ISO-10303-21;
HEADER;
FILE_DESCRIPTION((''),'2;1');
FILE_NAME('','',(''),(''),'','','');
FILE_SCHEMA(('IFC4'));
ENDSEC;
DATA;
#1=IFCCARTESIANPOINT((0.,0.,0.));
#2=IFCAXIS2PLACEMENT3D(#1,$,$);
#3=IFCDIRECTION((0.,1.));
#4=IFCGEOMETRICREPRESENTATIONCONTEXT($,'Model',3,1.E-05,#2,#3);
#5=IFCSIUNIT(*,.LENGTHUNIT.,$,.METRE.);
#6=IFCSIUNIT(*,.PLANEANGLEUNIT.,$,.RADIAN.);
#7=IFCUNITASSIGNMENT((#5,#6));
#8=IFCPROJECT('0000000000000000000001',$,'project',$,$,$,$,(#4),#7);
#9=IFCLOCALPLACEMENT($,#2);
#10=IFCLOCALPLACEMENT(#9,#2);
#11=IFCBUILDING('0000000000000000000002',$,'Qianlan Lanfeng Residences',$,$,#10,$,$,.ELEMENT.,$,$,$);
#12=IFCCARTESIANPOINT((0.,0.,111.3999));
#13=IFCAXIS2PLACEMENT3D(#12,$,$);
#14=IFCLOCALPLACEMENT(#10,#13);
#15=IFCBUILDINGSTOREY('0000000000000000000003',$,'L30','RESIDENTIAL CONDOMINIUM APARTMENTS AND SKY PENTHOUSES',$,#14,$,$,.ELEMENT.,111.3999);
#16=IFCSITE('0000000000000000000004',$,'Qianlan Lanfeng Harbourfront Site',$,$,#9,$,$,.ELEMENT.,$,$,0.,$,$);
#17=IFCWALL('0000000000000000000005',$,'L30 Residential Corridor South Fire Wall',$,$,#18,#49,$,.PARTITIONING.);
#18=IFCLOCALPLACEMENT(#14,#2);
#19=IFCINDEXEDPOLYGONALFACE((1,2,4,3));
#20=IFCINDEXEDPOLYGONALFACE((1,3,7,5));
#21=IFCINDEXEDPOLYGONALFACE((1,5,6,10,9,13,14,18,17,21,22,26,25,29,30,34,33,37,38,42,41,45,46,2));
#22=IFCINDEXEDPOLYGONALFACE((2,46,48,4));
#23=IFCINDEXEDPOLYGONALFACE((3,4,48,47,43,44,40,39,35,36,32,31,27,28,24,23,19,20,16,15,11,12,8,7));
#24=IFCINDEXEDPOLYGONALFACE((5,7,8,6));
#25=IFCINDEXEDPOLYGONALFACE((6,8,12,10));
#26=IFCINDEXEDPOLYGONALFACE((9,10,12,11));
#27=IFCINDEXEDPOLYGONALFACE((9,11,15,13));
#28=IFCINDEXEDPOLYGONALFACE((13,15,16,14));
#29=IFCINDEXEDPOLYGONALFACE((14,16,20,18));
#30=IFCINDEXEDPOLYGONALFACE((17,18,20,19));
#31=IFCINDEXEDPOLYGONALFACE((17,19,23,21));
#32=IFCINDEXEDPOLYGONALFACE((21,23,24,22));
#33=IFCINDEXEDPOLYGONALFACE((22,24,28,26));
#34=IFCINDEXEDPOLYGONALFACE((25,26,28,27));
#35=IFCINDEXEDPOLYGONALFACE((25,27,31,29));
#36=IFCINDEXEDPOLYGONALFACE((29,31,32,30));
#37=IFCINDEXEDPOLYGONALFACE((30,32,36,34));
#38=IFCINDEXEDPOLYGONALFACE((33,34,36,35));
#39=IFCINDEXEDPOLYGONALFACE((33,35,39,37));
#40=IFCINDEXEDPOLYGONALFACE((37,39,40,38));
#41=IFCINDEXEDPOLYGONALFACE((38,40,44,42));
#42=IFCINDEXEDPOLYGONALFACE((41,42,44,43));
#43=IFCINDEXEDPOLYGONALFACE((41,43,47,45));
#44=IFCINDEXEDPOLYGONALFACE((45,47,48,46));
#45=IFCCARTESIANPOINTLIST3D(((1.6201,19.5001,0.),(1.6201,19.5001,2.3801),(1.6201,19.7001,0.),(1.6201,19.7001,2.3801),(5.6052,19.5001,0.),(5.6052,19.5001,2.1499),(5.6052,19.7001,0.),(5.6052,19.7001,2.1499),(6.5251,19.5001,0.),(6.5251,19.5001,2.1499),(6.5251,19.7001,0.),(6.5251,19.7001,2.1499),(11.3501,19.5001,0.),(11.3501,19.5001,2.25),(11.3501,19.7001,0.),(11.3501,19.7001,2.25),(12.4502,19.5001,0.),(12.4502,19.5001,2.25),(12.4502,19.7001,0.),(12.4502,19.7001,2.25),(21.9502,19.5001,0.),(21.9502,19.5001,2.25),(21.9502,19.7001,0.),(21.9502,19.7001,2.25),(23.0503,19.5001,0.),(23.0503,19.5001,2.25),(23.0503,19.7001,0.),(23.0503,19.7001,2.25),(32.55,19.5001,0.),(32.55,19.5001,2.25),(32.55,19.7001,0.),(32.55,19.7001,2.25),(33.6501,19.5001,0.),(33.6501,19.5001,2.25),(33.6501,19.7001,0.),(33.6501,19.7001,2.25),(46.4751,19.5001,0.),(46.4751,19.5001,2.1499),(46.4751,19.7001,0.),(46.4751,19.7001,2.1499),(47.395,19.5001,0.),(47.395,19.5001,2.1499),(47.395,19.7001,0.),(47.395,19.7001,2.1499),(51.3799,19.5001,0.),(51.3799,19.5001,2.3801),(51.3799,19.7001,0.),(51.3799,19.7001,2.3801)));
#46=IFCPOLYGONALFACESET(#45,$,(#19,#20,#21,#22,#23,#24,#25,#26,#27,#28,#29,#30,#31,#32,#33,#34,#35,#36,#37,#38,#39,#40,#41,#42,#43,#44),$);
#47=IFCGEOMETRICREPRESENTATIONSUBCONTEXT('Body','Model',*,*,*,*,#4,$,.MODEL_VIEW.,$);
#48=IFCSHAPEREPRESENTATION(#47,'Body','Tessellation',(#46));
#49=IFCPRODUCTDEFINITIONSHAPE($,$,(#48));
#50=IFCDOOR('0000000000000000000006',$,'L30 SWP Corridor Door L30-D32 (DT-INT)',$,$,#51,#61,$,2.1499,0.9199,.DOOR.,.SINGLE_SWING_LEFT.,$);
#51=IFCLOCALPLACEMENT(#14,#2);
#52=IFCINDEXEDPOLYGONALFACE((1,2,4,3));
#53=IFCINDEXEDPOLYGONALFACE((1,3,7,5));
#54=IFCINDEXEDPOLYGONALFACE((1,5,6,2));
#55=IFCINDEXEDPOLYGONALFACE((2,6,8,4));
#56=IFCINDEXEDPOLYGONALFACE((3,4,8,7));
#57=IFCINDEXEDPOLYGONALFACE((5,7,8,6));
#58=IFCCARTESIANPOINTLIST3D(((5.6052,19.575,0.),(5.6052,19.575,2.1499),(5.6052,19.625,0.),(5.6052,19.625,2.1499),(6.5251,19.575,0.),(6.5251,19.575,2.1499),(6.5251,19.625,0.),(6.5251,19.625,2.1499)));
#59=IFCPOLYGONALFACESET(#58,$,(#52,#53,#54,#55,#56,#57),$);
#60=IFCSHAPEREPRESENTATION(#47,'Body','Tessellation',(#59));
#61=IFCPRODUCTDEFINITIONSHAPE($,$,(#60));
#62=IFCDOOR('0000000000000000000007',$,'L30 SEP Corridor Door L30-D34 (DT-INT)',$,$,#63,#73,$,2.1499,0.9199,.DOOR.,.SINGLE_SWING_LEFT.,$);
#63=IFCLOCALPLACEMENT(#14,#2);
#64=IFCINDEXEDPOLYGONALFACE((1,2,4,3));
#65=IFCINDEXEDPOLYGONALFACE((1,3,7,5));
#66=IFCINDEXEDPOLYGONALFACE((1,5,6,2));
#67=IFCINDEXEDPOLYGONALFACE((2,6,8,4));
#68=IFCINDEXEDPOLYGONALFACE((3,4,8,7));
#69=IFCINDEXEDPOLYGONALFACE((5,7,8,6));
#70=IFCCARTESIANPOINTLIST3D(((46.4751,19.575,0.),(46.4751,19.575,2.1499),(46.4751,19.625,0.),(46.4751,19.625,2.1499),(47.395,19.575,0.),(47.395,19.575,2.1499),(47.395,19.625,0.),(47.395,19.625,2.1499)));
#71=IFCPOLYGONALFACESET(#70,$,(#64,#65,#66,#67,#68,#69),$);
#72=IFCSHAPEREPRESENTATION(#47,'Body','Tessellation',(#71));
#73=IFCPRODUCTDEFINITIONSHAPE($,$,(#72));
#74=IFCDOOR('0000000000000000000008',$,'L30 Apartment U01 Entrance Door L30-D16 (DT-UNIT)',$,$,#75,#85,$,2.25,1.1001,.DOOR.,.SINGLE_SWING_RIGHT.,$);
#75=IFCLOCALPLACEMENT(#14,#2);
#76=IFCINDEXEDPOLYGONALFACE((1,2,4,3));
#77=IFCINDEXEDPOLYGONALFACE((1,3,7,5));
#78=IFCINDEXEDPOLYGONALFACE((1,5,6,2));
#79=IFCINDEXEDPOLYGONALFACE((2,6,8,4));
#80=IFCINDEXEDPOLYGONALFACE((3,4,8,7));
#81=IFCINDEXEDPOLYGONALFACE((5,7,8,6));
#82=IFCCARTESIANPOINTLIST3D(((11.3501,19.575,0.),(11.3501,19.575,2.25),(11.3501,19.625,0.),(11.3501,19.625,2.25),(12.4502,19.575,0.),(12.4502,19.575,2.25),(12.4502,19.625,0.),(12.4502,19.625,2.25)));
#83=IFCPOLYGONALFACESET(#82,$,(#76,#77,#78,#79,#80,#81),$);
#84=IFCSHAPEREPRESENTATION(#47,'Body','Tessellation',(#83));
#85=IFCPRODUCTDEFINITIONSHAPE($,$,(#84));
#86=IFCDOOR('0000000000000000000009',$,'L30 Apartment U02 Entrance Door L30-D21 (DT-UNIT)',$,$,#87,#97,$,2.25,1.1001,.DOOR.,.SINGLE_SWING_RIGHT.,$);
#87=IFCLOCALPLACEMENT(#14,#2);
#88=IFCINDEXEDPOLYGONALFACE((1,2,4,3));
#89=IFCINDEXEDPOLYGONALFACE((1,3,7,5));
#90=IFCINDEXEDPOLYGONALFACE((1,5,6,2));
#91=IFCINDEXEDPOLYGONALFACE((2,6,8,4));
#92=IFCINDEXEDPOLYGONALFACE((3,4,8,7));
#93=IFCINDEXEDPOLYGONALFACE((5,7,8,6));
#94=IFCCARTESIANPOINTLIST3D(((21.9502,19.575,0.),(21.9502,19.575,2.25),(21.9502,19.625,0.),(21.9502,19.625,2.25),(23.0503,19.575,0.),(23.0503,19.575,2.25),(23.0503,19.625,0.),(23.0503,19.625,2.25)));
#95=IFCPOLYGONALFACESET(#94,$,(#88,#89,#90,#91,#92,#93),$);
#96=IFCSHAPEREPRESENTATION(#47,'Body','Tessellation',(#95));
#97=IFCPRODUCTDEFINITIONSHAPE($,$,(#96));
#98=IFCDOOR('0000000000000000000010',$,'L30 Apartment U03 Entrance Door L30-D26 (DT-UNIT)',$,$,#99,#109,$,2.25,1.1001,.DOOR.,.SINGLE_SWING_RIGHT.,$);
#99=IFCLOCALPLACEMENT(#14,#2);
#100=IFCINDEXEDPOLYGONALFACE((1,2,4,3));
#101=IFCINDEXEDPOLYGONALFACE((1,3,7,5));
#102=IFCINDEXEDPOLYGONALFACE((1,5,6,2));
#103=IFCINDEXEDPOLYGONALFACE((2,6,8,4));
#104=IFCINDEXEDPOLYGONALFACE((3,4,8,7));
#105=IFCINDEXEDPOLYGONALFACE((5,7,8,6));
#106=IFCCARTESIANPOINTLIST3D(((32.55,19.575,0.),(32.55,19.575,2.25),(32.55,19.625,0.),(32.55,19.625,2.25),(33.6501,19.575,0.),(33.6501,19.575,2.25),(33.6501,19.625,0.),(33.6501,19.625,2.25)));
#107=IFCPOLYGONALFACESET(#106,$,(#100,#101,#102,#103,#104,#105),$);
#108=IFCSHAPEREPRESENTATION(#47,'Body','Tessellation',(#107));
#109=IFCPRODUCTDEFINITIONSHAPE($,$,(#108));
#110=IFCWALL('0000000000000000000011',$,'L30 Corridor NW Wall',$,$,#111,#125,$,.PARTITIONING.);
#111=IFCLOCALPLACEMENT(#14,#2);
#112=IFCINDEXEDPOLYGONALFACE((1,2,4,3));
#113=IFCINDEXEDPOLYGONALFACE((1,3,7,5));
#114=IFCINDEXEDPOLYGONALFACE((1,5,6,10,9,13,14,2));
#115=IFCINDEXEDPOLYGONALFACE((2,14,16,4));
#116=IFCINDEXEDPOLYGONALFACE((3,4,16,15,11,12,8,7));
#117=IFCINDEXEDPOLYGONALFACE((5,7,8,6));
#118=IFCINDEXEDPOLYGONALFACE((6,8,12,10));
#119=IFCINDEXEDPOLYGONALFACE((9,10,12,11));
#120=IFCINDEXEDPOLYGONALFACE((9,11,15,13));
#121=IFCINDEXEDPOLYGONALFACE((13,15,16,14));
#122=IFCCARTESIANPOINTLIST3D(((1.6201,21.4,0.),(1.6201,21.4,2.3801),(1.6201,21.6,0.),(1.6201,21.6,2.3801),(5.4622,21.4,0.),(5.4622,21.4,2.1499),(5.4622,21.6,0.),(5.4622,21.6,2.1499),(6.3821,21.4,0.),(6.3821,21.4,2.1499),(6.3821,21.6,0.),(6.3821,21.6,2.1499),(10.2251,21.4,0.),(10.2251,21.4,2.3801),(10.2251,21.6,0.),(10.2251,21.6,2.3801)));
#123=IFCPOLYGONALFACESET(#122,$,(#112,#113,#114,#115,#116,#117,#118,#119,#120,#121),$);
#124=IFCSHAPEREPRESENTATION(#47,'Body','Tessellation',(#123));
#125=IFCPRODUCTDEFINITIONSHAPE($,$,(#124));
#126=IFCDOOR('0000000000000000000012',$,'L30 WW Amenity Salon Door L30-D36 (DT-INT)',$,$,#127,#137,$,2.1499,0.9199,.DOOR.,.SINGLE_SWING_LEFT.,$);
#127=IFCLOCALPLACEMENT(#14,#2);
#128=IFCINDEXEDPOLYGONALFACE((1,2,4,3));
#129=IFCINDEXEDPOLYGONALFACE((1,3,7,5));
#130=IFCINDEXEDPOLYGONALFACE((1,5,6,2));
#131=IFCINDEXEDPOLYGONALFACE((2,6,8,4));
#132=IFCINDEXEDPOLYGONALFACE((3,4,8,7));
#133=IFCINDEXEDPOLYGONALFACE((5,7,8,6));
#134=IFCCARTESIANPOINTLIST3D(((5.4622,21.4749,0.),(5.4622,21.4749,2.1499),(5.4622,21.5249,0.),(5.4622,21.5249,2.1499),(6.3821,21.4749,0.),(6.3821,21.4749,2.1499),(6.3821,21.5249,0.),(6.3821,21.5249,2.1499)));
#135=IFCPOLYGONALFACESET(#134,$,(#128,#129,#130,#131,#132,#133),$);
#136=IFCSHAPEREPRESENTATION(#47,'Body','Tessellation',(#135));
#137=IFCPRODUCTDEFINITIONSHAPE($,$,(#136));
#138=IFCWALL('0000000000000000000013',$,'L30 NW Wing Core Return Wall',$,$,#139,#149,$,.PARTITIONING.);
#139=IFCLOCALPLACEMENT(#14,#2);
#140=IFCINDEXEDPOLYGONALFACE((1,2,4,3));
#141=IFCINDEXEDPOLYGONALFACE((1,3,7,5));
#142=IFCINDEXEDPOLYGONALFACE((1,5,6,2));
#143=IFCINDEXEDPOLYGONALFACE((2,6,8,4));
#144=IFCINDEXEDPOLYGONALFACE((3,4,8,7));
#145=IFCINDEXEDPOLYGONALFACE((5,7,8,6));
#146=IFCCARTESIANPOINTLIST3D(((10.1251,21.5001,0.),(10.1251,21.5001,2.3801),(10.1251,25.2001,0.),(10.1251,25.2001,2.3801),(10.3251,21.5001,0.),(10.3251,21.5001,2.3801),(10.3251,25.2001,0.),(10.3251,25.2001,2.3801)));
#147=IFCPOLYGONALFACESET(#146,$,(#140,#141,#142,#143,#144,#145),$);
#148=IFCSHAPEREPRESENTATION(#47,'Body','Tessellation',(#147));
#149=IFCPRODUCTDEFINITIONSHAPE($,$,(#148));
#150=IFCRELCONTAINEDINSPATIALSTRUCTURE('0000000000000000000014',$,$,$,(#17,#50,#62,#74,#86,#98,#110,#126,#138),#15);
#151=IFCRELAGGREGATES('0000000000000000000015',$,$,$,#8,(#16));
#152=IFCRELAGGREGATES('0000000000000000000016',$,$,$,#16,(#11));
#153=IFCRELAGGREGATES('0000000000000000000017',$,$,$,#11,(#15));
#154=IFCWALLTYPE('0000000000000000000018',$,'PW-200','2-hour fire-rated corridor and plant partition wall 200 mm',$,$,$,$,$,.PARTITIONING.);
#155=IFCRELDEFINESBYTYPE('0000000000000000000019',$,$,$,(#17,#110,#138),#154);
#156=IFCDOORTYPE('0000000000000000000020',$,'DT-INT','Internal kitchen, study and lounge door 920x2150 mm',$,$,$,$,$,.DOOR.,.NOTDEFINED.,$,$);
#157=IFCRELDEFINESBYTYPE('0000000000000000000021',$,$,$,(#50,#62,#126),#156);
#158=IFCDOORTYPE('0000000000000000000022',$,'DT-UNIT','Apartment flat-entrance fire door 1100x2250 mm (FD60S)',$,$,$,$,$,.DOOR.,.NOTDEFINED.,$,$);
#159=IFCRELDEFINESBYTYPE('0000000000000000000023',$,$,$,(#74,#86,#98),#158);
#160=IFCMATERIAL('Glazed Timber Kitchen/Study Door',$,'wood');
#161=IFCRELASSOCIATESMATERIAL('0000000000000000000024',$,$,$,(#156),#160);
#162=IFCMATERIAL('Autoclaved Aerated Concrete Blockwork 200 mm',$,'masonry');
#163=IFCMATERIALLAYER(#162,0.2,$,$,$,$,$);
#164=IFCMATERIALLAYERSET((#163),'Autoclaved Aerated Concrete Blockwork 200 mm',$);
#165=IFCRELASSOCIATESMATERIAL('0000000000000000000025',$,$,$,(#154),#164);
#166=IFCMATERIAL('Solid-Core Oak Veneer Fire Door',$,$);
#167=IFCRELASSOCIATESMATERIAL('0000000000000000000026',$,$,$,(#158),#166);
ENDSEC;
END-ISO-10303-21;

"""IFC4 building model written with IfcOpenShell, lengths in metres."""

from ifc_helpers import new_model, si_unit, direction, frame, frame_2d, origin, place, context, subcontext, project, spatial, rectangle, extrude, material, layer, layer_set, type_object, element, fill, save


model = new_model("IFC4")

# Units and contexts
model_context = context("Model", 3, precision=1e-05, world=origin(), true_north=direction((0.0, 1.0)))
body_context = subcontext(model_context, "Body", "Model", "MODEL_VIEW")
ifc_project = project(units=[si_unit("LENGTHUNIT", "METRE"), si_unit("PLANEANGLEUNIT", "RADIAN")], contexts=[model_context])

# Site, building, storey
site_placement = place(None, origin())
site = spatial("IfcSite", under=ifc_project, at=site_placement, Name="Qianlan Lanfeng Harbourfront Site", CompositionType="ELEMENT", RefElevation=0.0)
building_placement = place(site_placement, origin())
building = spatial("IfcBuilding", under=site, at=building_placement, Name="Qianlan Lanfeng Residences", CompositionType="ELEMENT")
storey_placement = place(building_placement, frame((0.0, 0.0, 111.3999)))
storey = spatial("IfcBuildingStorey", under=building, at=storey_placement, Name="L30", Description="RESIDENTIAL CONDOMINIUM APARTMENTS AND SKY PENTHOUSES", CompositionType="ELEMENT", Elevation=111.3999)

# Shared definitions
ifc_material_1 = material(Name="Glazed Timber Kitchen/Study Door", Category="wood")
door_type_1 = type_object("IfcDoorType", Name="DT-INT", Description="Internal kitchen, study and lounge door 920x2150 mm", OperationType="NOTDEFINED", PredefinedType="DOOR", material=ifc_material_1)

# Wall, openings, doors
ifc_material_2 = material(Name="Autoclaved Aerated Concrete Blockwork 200 mm", Category="masonry")
ifc_layer_1 = layer(ifc_material_2, 0.2)
ifc_layer_set_1 = layer_set([ifc_layer_1], Name="Autoclaved Aerated Concrete Blockwork 200 mm")
wall_type_1 = type_object("IfcWallType", Name="PW-200", Description="2-hour fire-rated corridor and plant partition wall 200 mm", PredefinedType="PARTITIONING", material=ifc_layer_set_1)
wall_1_placement = place(storey_placement, frame((1.6201, 19.6001, 0.0), z_axis=(0.0, 0.0, 1.0), x_axis=(1.0, 0.0, 0.0)))
wall_1 = element("IfcWall", 1, at=wall_1_placement, inside=storey, type_object=wall_type_1, Name="L30 Residential Corridor South Fire Wall", PredefinedType="PARTITIONING", context=body_context, shape_type="SweptSolid", body=[
    extrude(rectangle(XDim=49.7598, YDim=0.2, at=frame_2d((24.8799, 0.0))), origin(), (0.0, 0.0, 1.0), 2.3801),
])
opening_1_placement = place(wall_1_placement, frame((9.73, 0.0, 0.0)))
opening_1 = element("IfcOpeningElement", 2, at=opening_1_placement, cuts=wall_1, PredefinedType="OPENING", context=body_context, shape_type="SweptSolid", body=[
    extrude(rectangle(XDim=1.1001, YDim=2.25, at=frame_2d((0.55, 1.125))), frame((0.0, 0.1099, 0.0), z_axis=(0.0, -1.0, 0.0), x_axis=(1.0, 0.0, 0.0)), (0.0, 0.0, 1.0), 0.22),
])
opening_2_placement = place(wall_1_placement, frame((20.3301, 0.0, 0.0)))
opening_2 = element("IfcOpeningElement", 3, at=opening_2_placement, cuts=wall_1, PredefinedType="OPENING", context=body_context, shape_type="SweptSolid", body=[
    extrude(rectangle(XDim=1.1001, YDim=2.25, at=frame_2d((0.55, 1.125))), frame((0.0, 0.1099, 0.0), z_axis=(0.0, -1.0, 0.0), x_axis=(1.0, 0.0, 0.0)), (0.0, 0.0, 1.0), 0.22),
])
opening_3_placement = place(wall_1_placement, frame((30.9299, 0.0, 0.0)))
opening_3 = element("IfcOpeningElement", 4, at=opening_3_placement, cuts=wall_1, PredefinedType="OPENING", context=body_context, shape_type="SweptSolid", body=[
    extrude(rectangle(XDim=1.1001, YDim=2.25, at=frame_2d((0.55, 1.125))), frame((0.0, 0.1099, 0.0), z_axis=(0.0, -1.0, 0.0), x_axis=(1.0, 0.0, 0.0)), (0.0, 0.0, 1.0), 0.22),
])
opening_4_placement = place(wall_1_placement, frame((3.9851, 0.0, 0.0)))
opening_4 = element("IfcOpeningElement", 5, at=opening_4_placement, cuts=wall_1, PredefinedType="OPENING", context=body_context, shape_type="SweptSolid", body=[
    extrude(rectangle(XDim=0.9199, YDim=2.1499, at=frame_2d((0.46, 1.075))), frame((0.0, 0.1099, 0.0), z_axis=(0.0, -1.0, 0.0), x_axis=(1.0, 0.0, 0.0)), (0.0, 0.0, 1.0), 0.22),
])
opening_5_placement = place(wall_1_placement, frame((44.855, 0.0, 0.0)))
opening_5 = element("IfcOpeningElement", 6, at=opening_5_placement, cuts=wall_1, PredefinedType="OPENING", context=body_context, shape_type="SweptSolid", body=[
    extrude(rectangle(XDim=0.9199, YDim=2.1499, at=frame_2d((0.46, 1.075))), frame((0.0, 0.1099, 0.0), z_axis=(0.0, -1.0, 0.0), x_axis=(1.0, 0.0, 0.0)), (0.0, 0.0, 1.0), 0.22),
])
door_1_placement = place(opening_4_placement, origin())
door_1 = element("IfcDoor", 7, at=door_1_placement, inside=storey, type_object=door_type_1, Name="L30 SWP Corridor Door L30-D32 (DT-INT)", OperationType="SINGLE_SWING_LEFT", OverallHeight=2.1499, OverallWidth=0.9199, PredefinedType="DOOR", context=body_context, shape_type="SweptSolid", body=[
    extrude(rectangle(XDim=0.9199, YDim=2.1499, at=frame_2d((0.46, 1.075))), frame((0.0, 0.0249, 0.0), z_axis=(0.0, -1.0, 0.0), x_axis=(1.0, 0.0, 0.0)), (0.0, 0.0, 1.0), 0.05),
])
fill(opening_4, door_1)
door_2_placement = place(opening_5_placement, origin())
door_2 = element("IfcDoor", 8, at=door_2_placement, inside=storey, type_object=door_type_1, Name="L30 SEP Corridor Door L30-D34 (DT-INT)", OperationType="SINGLE_SWING_LEFT", OverallHeight=2.1499, OverallWidth=0.9199, PredefinedType="DOOR", context=body_context, shape_type="SweptSolid", body=[
    extrude(rectangle(XDim=0.9199, YDim=2.1499, at=frame_2d((0.46, 1.075))), frame((0.0, 0.0249, 0.0), z_axis=(0.0, -1.0, 0.0), x_axis=(1.0, 0.0, 0.0)), (0.0, 0.0, 1.0), 0.05),
])
fill(opening_5, door_2)
ifc_material_3 = material(Name="Solid-Core Oak Veneer Fire Door")
door_type_2 = type_object("IfcDoorType", Name="DT-UNIT", Description="Apartment flat-entrance fire door 1100x2250 mm (FD60S)", OperationType="NOTDEFINED", PredefinedType="DOOR", material=ifc_material_3)
door_3_placement = place(opening_1_placement, origin())
door_3 = element("IfcDoor", 9, at=door_3_placement, inside=storey, type_object=door_type_2, Name="L30 Apartment U01 Entrance Door L30-D16 (DT-UNIT)", OperationType="SINGLE_SWING_RIGHT", OverallHeight=2.25, OverallWidth=1.1001, PredefinedType="DOOR", context=body_context, shape_type="SweptSolid", body=[
    extrude(rectangle(XDim=1.1001, YDim=2.25, at=frame_2d((0.55, 1.125))), frame((0.0, 0.0249, 0.0), z_axis=(0.0, -1.0, 0.0), x_axis=(1.0, 0.0, 0.0)), (0.0, 0.0, 1.0), 0.05),
])
fill(opening_1, door_3)
door_4_placement = place(opening_2_placement, origin())
door_4 = element("IfcDoor", 10, at=door_4_placement, inside=storey, type_object=door_type_2, Name="L30 Apartment U02 Entrance Door L30-D21 (DT-UNIT)", OperationType="SINGLE_SWING_RIGHT", OverallHeight=2.25, OverallWidth=1.1001, PredefinedType="DOOR", context=body_context, shape_type="SweptSolid", body=[
    extrude(rectangle(XDim=1.1001, YDim=2.25, at=frame_2d((0.55, 1.125))), frame((0.0, 0.0249, 0.0), z_axis=(0.0, -1.0, 0.0), x_axis=(1.0, 0.0, 0.0)), (0.0, 0.0, 1.0), 0.05),
])
fill(opening_2, door_4)
door_5_placement = place(opening_3_placement, origin())
door_5 = element("IfcDoor", 11, at=door_5_placement, inside=storey, type_object=door_type_2, Name="L30 Apartment U03 Entrance Door L30-D26 (DT-UNIT)", OperationType="SINGLE_SWING_RIGHT", OverallHeight=2.25, OverallWidth=1.1001, PredefinedType="DOOR", context=body_context, shape_type="SweptSolid", body=[
    extrude(rectangle(XDim=1.1001, YDim=2.25, at=frame_2d((0.55, 1.125))), frame((0.0, 0.0249, 0.0), z_axis=(0.0, -1.0, 0.0), x_axis=(1.0, 0.0, 0.0)), (0.0, 0.0, 1.0), 0.05),
])
fill(opening_3, door_5)

# Wall, opening, door
wall_2_placement = place(storey_placement, frame((1.6201, 21.5, 0.0), z_axis=(0.0, 0.0, 1.0), x_axis=(1.0, 0.0, 0.0)))
wall_2 = element("IfcWall", 12, at=wall_2_placement, inside=storey, type_object=wall_type_1, Name="L30 Corridor NW Wall", PredefinedType="PARTITIONING", context=body_context, shape_type="SweptSolid", body=[
    extrude(rectangle(XDim=8.605, YDim=0.2, at=frame_2d((4.3025, 0.0))), origin(), (0.0, 0.0, 1.0), 2.3801),
])
opening_6_placement = place(wall_2_placement, frame((3.842, 0.0, 0.0)))
opening_6 = element("IfcOpeningElement", 13, at=opening_6_placement, cuts=wall_2, PredefinedType="OPENING", context=body_context, shape_type="SweptSolid", body=[
    extrude(rectangle(XDim=0.9199, YDim=2.1499, at=frame_2d((0.46, 1.075))), frame((0.0, 0.1099, 0.0), z_axis=(0.0, -1.0, 0.0), x_axis=(1.0, 0.0, 0.0)), (0.0, 0.0, 1.0), 0.22),
])
door_6_placement = place(opening_6_placement, origin())
door_6 = element("IfcDoor", 14, at=door_6_placement, inside=storey, type_object=door_type_1, Name="L30 WW Amenity Salon Door L30-D36 (DT-INT)", OperationType="SINGLE_SWING_LEFT", OverallHeight=2.1499, OverallWidth=0.9199, PredefinedType="DOOR", context=body_context, shape_type="SweptSolid", body=[
    extrude(rectangle(XDim=0.9199, YDim=2.1499, at=frame_2d((0.46, 1.075))), frame((0.0, 0.0249, 0.0), z_axis=(0.0, -1.0, 0.0), x_axis=(1.0, 0.0, 0.0)), (0.0, 0.0, 1.0), 0.05),
])
fill(opening_6, door_6)

# Wall
wall_3_placement = place(storey_placement, frame((10.2251, 21.5, 0.0), z_axis=(0.0, 0.0, 1.0), x_axis=(0.0, 1.0, 0.0)))
element("IfcWall", 15, at=wall_3_placement, inside=storey, type_object=wall_type_1, Name="L30 NW Wing Core Return Wall", PredefinedType="PARTITIONING", context=body_context, shape_type="SweptSolid", body=[
    extrude(rectangle(XDim=3.7, YDim=0.2, at=frame_2d((1.8501, 0.0))), origin(), (0.0, 0.0, 1.0), 2.3801),
])

save(model, "model.ifc")
